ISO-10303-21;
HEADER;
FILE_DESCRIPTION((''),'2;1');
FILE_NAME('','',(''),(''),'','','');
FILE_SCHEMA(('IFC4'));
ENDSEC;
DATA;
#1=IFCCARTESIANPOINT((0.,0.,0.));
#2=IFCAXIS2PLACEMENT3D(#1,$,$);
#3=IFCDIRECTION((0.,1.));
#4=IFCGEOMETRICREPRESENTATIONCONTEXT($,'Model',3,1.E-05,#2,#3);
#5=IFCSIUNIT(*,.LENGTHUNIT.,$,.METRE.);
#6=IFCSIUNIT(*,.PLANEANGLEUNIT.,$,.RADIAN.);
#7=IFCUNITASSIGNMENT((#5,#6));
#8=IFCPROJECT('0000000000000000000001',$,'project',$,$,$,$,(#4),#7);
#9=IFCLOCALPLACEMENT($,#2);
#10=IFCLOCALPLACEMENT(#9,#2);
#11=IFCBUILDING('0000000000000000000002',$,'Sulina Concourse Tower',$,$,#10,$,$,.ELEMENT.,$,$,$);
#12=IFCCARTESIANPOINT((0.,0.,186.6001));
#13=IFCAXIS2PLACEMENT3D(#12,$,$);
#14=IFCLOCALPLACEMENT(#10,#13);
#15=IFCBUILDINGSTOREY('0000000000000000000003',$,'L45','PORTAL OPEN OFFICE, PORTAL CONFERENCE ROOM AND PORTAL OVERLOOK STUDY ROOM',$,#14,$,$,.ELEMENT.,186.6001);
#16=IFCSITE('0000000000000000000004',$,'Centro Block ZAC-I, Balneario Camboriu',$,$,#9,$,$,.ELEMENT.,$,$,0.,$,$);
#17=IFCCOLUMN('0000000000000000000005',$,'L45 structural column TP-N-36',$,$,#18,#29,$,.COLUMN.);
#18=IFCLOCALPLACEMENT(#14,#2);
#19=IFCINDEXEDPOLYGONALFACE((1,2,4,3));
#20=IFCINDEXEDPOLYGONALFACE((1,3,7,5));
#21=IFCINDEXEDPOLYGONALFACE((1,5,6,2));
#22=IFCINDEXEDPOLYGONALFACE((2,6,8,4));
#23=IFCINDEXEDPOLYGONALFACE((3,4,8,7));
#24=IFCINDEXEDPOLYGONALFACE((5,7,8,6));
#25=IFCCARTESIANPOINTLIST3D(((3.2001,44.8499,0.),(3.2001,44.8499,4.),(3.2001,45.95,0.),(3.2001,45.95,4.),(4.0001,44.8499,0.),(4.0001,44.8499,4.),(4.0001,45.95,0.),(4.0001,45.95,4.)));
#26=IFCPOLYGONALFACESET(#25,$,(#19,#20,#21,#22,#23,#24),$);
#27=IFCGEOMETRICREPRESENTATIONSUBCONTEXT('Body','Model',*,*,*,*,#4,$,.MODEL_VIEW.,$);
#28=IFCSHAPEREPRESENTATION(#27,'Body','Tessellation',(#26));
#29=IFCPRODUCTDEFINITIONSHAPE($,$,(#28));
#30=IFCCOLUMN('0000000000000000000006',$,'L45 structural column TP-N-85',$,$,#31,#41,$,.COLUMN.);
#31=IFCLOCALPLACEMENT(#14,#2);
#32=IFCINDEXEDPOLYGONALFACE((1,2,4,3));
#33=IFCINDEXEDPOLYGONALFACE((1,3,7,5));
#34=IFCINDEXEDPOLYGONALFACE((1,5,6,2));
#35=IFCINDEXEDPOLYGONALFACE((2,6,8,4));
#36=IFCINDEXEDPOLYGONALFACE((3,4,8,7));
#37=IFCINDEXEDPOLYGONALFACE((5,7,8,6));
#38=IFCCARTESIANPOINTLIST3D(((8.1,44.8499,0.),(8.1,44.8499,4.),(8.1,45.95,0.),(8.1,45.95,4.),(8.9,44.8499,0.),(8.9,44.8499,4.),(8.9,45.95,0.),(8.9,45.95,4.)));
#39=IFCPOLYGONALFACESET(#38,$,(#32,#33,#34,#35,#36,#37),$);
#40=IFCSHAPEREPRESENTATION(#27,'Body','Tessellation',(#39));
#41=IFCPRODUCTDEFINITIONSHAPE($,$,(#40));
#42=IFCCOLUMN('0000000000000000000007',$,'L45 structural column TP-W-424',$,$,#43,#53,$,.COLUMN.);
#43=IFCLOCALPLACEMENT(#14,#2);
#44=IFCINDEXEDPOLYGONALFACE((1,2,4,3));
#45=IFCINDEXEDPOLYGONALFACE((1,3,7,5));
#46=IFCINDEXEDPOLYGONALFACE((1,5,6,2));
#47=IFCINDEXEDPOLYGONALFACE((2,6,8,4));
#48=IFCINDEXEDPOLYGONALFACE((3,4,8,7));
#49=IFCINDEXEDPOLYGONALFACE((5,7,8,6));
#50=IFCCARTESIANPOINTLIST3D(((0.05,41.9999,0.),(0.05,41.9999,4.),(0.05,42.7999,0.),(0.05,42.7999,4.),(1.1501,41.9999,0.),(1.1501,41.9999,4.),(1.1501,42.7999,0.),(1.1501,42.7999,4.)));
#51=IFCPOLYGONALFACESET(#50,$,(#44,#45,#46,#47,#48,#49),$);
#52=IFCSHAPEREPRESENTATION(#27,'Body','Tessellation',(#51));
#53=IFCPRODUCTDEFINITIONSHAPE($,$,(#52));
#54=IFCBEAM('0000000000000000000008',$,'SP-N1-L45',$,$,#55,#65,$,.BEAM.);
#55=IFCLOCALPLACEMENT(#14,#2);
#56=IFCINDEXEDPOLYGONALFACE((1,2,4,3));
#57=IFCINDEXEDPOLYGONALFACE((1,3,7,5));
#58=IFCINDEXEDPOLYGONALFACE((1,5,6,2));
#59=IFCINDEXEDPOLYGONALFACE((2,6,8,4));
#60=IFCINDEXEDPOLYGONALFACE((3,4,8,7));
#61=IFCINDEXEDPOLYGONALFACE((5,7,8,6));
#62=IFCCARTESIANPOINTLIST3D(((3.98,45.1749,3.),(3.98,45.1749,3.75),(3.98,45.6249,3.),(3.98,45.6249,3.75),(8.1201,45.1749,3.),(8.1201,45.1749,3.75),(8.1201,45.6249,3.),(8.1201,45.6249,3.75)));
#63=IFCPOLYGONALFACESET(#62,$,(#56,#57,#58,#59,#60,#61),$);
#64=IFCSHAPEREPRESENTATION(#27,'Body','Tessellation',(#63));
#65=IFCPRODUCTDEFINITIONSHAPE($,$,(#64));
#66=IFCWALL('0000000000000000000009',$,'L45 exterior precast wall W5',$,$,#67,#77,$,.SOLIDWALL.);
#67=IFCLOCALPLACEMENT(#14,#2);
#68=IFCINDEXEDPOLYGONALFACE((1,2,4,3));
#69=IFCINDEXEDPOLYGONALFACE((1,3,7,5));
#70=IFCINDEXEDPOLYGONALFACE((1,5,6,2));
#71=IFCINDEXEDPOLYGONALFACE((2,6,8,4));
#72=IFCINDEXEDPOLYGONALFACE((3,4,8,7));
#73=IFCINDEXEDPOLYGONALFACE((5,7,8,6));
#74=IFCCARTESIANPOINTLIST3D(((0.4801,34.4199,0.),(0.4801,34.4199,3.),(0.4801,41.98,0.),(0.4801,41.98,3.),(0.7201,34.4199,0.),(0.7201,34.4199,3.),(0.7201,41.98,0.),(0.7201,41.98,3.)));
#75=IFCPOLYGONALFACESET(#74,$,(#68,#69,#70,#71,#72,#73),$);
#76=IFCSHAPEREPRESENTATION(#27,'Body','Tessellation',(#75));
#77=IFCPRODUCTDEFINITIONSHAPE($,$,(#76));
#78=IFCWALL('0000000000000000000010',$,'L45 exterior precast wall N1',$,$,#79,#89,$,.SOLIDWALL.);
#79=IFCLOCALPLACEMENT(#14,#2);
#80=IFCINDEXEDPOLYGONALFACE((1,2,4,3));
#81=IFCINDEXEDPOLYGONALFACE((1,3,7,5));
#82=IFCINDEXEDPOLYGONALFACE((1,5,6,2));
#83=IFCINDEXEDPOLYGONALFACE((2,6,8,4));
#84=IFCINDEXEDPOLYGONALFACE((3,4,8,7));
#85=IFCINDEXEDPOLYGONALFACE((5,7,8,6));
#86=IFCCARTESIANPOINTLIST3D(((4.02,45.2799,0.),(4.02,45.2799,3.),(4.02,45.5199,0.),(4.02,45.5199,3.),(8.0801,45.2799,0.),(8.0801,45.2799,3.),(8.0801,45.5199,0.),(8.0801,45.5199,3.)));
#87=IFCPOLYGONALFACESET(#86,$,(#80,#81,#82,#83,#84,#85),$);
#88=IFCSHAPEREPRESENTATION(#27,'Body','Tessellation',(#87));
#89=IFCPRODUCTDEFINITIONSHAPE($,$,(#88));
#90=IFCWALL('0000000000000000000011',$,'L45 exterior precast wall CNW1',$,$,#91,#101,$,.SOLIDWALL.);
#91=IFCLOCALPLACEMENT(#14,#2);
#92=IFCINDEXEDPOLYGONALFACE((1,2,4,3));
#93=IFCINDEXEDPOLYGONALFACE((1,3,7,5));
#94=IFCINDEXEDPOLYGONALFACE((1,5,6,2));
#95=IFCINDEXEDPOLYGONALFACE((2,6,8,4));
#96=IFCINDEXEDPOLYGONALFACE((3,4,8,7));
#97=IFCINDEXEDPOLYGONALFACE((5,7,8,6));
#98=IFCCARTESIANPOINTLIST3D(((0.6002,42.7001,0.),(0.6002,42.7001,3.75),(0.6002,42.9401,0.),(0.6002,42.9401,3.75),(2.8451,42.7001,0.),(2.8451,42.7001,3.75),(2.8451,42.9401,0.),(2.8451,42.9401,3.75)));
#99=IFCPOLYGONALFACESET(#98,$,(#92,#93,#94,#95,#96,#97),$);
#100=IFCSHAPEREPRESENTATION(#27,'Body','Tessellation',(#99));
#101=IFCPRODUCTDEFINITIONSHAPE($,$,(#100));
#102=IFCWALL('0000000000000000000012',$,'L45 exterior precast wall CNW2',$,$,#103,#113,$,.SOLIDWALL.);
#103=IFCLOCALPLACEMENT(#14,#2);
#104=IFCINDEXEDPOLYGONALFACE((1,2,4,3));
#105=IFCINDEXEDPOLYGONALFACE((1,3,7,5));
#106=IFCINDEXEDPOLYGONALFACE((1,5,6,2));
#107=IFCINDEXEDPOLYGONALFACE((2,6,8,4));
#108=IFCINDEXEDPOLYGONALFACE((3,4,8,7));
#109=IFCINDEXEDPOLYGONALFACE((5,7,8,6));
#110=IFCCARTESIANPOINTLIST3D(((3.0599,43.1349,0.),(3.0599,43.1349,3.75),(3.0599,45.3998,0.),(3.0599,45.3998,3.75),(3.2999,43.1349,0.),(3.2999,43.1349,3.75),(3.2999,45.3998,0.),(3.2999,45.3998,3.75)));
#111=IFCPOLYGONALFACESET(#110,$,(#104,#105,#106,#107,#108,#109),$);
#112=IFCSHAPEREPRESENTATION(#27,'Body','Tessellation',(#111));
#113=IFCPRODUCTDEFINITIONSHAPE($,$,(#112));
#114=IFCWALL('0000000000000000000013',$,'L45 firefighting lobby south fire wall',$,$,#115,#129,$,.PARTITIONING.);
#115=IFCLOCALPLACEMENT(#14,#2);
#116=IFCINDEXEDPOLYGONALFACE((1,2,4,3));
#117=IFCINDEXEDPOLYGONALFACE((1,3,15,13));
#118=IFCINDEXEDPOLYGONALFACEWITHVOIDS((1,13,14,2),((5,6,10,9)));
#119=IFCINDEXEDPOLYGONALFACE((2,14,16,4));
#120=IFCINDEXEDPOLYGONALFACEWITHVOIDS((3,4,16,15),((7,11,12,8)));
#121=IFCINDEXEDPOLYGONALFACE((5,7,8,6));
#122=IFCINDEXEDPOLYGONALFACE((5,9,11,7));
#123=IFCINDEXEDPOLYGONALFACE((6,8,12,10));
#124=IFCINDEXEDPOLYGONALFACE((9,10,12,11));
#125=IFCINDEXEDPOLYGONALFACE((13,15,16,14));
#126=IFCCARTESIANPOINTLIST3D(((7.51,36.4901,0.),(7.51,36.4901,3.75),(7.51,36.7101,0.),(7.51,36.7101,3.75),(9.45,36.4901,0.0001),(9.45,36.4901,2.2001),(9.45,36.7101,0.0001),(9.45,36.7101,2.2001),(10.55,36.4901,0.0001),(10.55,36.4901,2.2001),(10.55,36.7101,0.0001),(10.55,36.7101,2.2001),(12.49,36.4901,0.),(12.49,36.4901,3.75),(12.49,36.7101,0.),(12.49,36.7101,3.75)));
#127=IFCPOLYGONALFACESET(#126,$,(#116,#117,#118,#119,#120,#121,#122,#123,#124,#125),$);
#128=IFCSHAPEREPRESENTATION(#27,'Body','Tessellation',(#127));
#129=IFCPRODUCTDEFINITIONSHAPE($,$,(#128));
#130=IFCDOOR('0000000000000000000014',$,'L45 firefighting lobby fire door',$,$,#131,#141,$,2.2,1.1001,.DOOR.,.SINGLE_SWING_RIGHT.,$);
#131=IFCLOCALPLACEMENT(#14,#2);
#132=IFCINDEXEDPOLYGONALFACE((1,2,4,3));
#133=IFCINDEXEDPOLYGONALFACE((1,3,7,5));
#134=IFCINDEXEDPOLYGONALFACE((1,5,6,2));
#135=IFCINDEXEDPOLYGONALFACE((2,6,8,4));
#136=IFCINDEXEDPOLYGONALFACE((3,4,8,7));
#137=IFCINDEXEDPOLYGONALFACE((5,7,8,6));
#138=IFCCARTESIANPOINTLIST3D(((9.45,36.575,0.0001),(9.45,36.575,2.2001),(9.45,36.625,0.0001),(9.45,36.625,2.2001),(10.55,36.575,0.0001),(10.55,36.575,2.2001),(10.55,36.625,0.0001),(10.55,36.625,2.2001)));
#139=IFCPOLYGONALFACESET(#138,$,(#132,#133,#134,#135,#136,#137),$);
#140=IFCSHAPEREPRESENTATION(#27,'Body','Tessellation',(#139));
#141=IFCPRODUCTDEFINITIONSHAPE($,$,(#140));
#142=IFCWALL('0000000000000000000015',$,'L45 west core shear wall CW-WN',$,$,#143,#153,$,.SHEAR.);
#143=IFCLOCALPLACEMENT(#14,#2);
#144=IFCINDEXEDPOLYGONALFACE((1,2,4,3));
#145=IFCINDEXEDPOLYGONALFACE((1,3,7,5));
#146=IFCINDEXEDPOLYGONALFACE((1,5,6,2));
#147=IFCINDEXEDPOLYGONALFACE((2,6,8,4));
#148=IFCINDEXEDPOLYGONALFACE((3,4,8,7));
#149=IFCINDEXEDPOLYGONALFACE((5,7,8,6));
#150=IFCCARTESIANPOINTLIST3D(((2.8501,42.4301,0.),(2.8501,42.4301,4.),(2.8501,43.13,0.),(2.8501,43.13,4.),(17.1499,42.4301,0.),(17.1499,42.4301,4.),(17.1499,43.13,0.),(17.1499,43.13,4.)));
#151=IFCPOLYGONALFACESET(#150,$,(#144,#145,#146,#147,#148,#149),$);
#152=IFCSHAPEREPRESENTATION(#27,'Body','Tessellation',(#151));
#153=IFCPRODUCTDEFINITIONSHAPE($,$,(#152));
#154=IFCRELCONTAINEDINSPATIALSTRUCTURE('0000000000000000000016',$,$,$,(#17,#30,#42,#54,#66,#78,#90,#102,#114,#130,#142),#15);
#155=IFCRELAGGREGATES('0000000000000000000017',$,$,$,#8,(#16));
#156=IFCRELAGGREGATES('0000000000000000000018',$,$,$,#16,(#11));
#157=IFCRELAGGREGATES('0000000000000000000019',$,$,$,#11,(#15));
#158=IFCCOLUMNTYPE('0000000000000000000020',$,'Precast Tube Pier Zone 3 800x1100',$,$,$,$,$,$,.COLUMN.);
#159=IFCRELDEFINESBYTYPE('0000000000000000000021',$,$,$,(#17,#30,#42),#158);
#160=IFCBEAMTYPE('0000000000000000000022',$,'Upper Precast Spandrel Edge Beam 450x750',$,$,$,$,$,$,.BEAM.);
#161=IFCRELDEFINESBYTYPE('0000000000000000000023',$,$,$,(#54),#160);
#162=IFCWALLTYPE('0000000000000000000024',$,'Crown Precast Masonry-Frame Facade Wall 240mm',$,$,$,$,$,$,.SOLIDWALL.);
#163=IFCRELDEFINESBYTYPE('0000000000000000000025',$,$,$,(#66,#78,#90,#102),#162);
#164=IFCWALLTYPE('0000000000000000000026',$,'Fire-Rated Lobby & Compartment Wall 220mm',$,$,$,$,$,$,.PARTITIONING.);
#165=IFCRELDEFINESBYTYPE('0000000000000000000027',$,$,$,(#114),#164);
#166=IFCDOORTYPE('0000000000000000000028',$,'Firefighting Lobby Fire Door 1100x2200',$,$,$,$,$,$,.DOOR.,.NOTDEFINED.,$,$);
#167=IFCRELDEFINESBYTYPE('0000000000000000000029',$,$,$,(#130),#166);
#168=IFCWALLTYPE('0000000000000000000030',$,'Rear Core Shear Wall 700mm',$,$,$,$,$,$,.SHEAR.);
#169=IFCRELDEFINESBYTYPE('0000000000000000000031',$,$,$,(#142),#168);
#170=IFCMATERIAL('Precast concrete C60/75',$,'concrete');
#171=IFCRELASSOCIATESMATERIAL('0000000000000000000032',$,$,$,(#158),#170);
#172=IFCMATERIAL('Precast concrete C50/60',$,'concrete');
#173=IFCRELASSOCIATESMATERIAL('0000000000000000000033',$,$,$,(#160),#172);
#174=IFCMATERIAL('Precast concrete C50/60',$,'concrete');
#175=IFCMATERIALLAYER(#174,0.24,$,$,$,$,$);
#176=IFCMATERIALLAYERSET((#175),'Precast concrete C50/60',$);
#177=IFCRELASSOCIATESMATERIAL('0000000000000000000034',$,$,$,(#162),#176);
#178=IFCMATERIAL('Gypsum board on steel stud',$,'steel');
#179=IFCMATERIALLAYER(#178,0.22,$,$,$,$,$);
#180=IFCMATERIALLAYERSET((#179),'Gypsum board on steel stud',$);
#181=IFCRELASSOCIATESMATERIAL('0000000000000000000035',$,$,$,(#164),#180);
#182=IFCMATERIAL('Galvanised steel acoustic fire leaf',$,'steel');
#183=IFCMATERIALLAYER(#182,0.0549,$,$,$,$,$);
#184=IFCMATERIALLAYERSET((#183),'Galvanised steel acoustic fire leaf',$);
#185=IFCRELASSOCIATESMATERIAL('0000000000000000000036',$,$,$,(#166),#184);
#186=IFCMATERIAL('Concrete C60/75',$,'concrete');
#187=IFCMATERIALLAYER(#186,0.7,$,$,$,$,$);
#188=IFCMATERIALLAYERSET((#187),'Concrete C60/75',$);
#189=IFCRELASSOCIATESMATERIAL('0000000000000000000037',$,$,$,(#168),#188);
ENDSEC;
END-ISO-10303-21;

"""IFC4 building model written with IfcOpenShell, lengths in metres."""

from ifc_helpers import new_model, si_unit, direction, frame, frame_2d, origin, origin_2d, place, context, subcontext, project, spatial, rectangle, extrude, material, layer, layer_set, material_profile, profile_set, type_object, element, fill, save


model = new_model("IFC4")

# Units and contexts
model_context = context("Model", 3, precision=1e-05, world=origin(), true_north=direction((0.0, 1.0)))
body_context = subcontext(model_context, "Body", "Model", "MODEL_VIEW")
ifc_project = project(units=[si_unit("LENGTHUNIT", "METRE"), si_unit("PLANEANGLEUNIT", "RADIAN")], contexts=[model_context])

# Site, building, storey
site_placement = place(None, origin())
site = spatial("IfcSite", under=ifc_project, at=site_placement, Name="Centro Block ZAC-I, Balneario Camboriu", CompositionType="ELEMENT", RefElevation=0.0)
building_placement = place(site_placement, origin())
building = spatial("IfcBuilding", under=site, at=building_placement, Name="Sulina Concourse Tower", CompositionType="ELEMENT")
storey_placement = place(building_placement, frame((0.0, 0.0, 186.6001)))
storey = spatial("IfcBuildingStorey", under=building, at=storey_placement, Name="L45", Description="PORTAL OPEN OFFICE, PORTAL CONFERENCE ROOM AND PORTAL OVERLOOK STUDY ROOM", CompositionType="ELEMENT", Elevation=186.6001)

# Columns
ifc_material_1 = material(Name="Precast concrete C60/75", Category="concrete")
ifc_material_profile_1 = material_profile(ifc_material_1, rectangle(XDim=0.8, YDim=1.1001, at=origin_2d()), Name="PC 800x1100")
ifc_profile_set_1 = profile_set([ifc_material_profile_1], Name="Precast concrete C60/75")
column_type = type_object("IfcColumnType", Name="Precast Tube Pier Zone 3 800x1100", PredefinedType="COLUMN", material=ifc_profile_set_1)
for number, where, z_axis, x_axis, name in (
    (1, (3.6001, 45.3999, 0.0), (0.0, 0.0, 1.0), (1.0, 0.0, 0.0), "L45 structural column TP-N-36"),
    (2, (8.5, 45.3999, 0.0), (0.0, 0.0, 1.0), (1.0, 0.0, 0.0), "L45 structural column TP-N-85"),
    (3, (0.6001, 42.3999, 0.0), (0.0, 0.0, 1.0), (0.0, 1.0, 0.0), "L45 structural column TP-W-424"),
):
    element("IfcColumn", number, at=place(storey_placement, frame(where, z_axis=z_axis, x_axis=x_axis)), inside=storey, type_object=column_type, Name=name, PredefinedType="COLUMN", context=body_context, shape_type="SweptSolid", body=[
        extrude(rectangle(XDim=0.8, YDim=1.1001, at=origin_2d()), origin(), (0.0, 0.0, 1.0), 4.0),
    ])

# Beam
ifc_material_2 = material(Name="Precast concrete C50/60", Category="concrete")
ifc_material_profile_2 = material_profile(ifc_material_2, rectangle(XDim=0.45, YDim=0.75, at=origin_2d()), Name="RC 450x750")
ifc_profile_set_2 = profile_set([ifc_material_profile_2], Name="Precast concrete C50/60")
beam_type = type_object("IfcBeamType", Name="Upper Precast Spandrel Edge Beam 450x750", PredefinedType="BEAM", material=ifc_profile_set_2)
beam_placement = place(storey_placement, frame((3.98, 45.3999, 3.375), z_axis=(1.0, 0.0, 0.0), x_axis=(0.0, 1.0, 0.0)))
element("IfcBeam", 4, at=beam_placement, inside=storey, type_object=beam_type, Name="SP-N1-L45", PredefinedType="BEAM", context=body_context, shape_type="SweptSolid", body=[
    extrude(rectangle(XDim=0.45, YDim=0.75, at=origin_2d()), origin(), (0.0, 0.0, 1.0), 4.1401),
])

# Walls
ifc_material_3 = material(Name="Precast concrete C50/60", Category="concrete")
ifc_layer_1 = layer(ifc_material_3, 0.24)
ifc_layer_set_1 = layer_set([ifc_layer_1], Name="Precast concrete C50/60")
wall_type_1 = type_object("IfcWallType", Name="Crown Precast Masonry-Frame Facade Wall 240mm", PredefinedType="SOLIDWALL", material=ifc_layer_set_1)
wall_1_placement = place(storey_placement, frame((0.6001, 34.4199, 0.0), z_axis=(0.0, 0.0, 1.0), x_axis=(0.0, 1.0, 0.0)))
element("IfcWall", 5, at=wall_1_placement, inside=storey, type_object=wall_type_1, Name="L45 exterior precast wall W5", PredefinedType="SOLIDWALL", context=body_context, shape_type="SweptSolid", body=[
    extrude(rectangle(XDim=7.5601, YDim=0.24, at=frame_2d((3.78, 0.0))), origin(), (0.0, 0.0, 1.0), 3.0),
])
wall_2_placement = place(storey_placement, frame((4.02, 45.3999, 0.0), z_axis=(0.0, 0.0, 1.0), x_axis=(1.0, 0.0, 0.0)))
element("IfcWall", 6, at=wall_2_placement, inside=storey, type_object=wall_type_1, Name="L45 exterior precast wall N1", PredefinedType="SOLIDWALL", context=body_context, shape_type="SweptSolid", body=[
    extrude(rectangle(XDim=4.0601, YDim=0.24, at=frame_2d((2.03, 0.0))), origin(), (0.0, 0.0, 1.0), 3.0),
])
wall_3_placement = place(storey_placement, frame((0.6001, 42.8201, 0.0), z_axis=(0.0, 0.0, 1.0), x_axis=(1.0, 0.0, 0.0)))
element("IfcWall", 7, at=wall_3_placement, inside=storey, type_object=wall_type_1, Name="L45 exterior precast wall CNW1", PredefinedType="SOLIDWALL", context=body_context, shape_type="SweptSolid", body=[
    extrude(rectangle(XDim=2.2449, YDim=0.24, at=frame_2d((1.1226, 0.0))), origin(), (0.0, 0.0, 1.0), 3.75),
])
wall_4_placement = place(storey_placement, frame((3.1799, 43.135, 0.0), z_axis=(0.0, 0.0, 1.0), x_axis=(0.0, 1.0, 0.0)))
element("IfcWall", 8, at=wall_4_placement, inside=storey, type_object=wall_type_1, Name="L45 exterior precast wall CNW2", PredefinedType="SOLIDWALL", context=body_context, shape_type="SweptSolid", body=[
    extrude(rectangle(XDim=2.2649, YDim=0.24, at=frame_2d((1.1323, 0.0))), origin(), (0.0, 0.0, 1.0), 3.75),
])

# Wall, opening, door
ifc_material_4 = material(Name="Gypsum board on steel stud", Category="steel")
ifc_layer_2 = layer(ifc_material_4, 0.22)
ifc_layer_set_2 = layer_set([ifc_layer_2], Name="Gypsum board on steel stud")
wall_type_2 = type_object("IfcWallType", Name="Fire-Rated Lobby & Compartment Wall 220mm", PredefinedType="PARTITIONING", material=ifc_layer_set_2)
wall_5_placement = place(storey_placement, frame((7.51, 36.6001, 0.0), z_axis=(0.0, 0.0, 1.0), x_axis=(1.0, 0.0, 0.0)))
wall_5 = element("IfcWall", 9, at=wall_5_placement, inside=storey, type_object=wall_type_2, Name="L45 firefighting lobby south fire wall", PredefinedType="PARTITIONING", context=body_context, shape_type="SweptSolid", body=[
    extrude(rectangle(XDim=4.98, YDim=0.22, at=frame_2d((2.49, 0.0))), origin(), (0.0, 0.0, 1.0), 3.75),
])
opening_placement = place(wall_5_placement, frame((1.9399, 0.0, 0.0)))
opening = element("IfcOpeningElement", 10, at=opening_placement, cuts=wall_5, PredefinedType="OPENING", context=body_context, shape_type="SweptSolid", body=[
    extrude(rectangle(XDim=1.1001, YDim=2.2, at=frame_2d((0.55, 1.1001))), frame((0.0, 0.1199, 0.0), z_axis=(0.0, -1.0, 0.0), x_axis=(1.0, 0.0, 0.0)), (0.0, 0.0, 1.0), 0.24),
])
ifc_material_5 = material(Name="Galvanised steel acoustic fire leaf", Category="steel")
ifc_layer_3 = layer(ifc_material_5, 0.0549)
ifc_layer_set_3 = layer_set([ifc_layer_3], Name="Galvanised steel acoustic fire leaf")
door_type = type_object("IfcDoorType", Name="Firefighting Lobby Fire Door 1100x2200", OperationType="NOTDEFINED", PredefinedType="DOOR", material=ifc_layer_set_3)
door_placement = place(opening_placement, origin())
door = element("IfcDoor", 11, at=door_placement, inside=storey, type_object=door_type, Name="L45 firefighting lobby fire door", OperationType="SINGLE_SWING_RIGHT", OverallHeight=2.2, OverallWidth=1.1001, PredefinedType="DOOR", context=body_context, shape_type="SweptSolid", body=[
    extrude(rectangle(XDim=1.1001, YDim=2.2, at=frame_2d((0.55, 1.1001))), frame((0.0, 0.0249, 0.0), z_axis=(0.0, -1.0, 0.0), x_axis=(1.0, 0.0, 0.0)), (0.0, 0.0, 1.0), 0.05),
])
fill(opening, door)

# Wall
ifc_material_6 = material(Name="Concrete C60/75", Category="concrete")
ifc_layer_4 = layer(ifc_material_6, 0.7)
ifc_layer_set_4 = layer_set([ifc_layer_4], Name="Concrete C60/75")
wall_type_3 = type_object("IfcWallType", Name="Rear Core Shear Wall 700mm", PredefinedType="SHEAR", material=ifc_layer_set_4)
wall_6_placement = place(storey_placement, frame((2.8501, 42.78, 0.0), z_axis=(0.0, 0.0, 1.0), x_axis=(1.0, 0.0, 0.0)))
element("IfcWall", 12, at=wall_6_placement, inside=storey, type_object=wall_type_3, Name="L45 west core shear wall CW-WN", PredefinedType="SHEAR", context=body_context, shape_type="SweptSolid", body=[
    extrude(rectangle(XDim=14.2998, YDim=0.7, at=frame_2d((7.1499, 0.0))), origin(), (0.0, 0.0, 1.0), 4.0),
])

save(model, "model.ifc")
